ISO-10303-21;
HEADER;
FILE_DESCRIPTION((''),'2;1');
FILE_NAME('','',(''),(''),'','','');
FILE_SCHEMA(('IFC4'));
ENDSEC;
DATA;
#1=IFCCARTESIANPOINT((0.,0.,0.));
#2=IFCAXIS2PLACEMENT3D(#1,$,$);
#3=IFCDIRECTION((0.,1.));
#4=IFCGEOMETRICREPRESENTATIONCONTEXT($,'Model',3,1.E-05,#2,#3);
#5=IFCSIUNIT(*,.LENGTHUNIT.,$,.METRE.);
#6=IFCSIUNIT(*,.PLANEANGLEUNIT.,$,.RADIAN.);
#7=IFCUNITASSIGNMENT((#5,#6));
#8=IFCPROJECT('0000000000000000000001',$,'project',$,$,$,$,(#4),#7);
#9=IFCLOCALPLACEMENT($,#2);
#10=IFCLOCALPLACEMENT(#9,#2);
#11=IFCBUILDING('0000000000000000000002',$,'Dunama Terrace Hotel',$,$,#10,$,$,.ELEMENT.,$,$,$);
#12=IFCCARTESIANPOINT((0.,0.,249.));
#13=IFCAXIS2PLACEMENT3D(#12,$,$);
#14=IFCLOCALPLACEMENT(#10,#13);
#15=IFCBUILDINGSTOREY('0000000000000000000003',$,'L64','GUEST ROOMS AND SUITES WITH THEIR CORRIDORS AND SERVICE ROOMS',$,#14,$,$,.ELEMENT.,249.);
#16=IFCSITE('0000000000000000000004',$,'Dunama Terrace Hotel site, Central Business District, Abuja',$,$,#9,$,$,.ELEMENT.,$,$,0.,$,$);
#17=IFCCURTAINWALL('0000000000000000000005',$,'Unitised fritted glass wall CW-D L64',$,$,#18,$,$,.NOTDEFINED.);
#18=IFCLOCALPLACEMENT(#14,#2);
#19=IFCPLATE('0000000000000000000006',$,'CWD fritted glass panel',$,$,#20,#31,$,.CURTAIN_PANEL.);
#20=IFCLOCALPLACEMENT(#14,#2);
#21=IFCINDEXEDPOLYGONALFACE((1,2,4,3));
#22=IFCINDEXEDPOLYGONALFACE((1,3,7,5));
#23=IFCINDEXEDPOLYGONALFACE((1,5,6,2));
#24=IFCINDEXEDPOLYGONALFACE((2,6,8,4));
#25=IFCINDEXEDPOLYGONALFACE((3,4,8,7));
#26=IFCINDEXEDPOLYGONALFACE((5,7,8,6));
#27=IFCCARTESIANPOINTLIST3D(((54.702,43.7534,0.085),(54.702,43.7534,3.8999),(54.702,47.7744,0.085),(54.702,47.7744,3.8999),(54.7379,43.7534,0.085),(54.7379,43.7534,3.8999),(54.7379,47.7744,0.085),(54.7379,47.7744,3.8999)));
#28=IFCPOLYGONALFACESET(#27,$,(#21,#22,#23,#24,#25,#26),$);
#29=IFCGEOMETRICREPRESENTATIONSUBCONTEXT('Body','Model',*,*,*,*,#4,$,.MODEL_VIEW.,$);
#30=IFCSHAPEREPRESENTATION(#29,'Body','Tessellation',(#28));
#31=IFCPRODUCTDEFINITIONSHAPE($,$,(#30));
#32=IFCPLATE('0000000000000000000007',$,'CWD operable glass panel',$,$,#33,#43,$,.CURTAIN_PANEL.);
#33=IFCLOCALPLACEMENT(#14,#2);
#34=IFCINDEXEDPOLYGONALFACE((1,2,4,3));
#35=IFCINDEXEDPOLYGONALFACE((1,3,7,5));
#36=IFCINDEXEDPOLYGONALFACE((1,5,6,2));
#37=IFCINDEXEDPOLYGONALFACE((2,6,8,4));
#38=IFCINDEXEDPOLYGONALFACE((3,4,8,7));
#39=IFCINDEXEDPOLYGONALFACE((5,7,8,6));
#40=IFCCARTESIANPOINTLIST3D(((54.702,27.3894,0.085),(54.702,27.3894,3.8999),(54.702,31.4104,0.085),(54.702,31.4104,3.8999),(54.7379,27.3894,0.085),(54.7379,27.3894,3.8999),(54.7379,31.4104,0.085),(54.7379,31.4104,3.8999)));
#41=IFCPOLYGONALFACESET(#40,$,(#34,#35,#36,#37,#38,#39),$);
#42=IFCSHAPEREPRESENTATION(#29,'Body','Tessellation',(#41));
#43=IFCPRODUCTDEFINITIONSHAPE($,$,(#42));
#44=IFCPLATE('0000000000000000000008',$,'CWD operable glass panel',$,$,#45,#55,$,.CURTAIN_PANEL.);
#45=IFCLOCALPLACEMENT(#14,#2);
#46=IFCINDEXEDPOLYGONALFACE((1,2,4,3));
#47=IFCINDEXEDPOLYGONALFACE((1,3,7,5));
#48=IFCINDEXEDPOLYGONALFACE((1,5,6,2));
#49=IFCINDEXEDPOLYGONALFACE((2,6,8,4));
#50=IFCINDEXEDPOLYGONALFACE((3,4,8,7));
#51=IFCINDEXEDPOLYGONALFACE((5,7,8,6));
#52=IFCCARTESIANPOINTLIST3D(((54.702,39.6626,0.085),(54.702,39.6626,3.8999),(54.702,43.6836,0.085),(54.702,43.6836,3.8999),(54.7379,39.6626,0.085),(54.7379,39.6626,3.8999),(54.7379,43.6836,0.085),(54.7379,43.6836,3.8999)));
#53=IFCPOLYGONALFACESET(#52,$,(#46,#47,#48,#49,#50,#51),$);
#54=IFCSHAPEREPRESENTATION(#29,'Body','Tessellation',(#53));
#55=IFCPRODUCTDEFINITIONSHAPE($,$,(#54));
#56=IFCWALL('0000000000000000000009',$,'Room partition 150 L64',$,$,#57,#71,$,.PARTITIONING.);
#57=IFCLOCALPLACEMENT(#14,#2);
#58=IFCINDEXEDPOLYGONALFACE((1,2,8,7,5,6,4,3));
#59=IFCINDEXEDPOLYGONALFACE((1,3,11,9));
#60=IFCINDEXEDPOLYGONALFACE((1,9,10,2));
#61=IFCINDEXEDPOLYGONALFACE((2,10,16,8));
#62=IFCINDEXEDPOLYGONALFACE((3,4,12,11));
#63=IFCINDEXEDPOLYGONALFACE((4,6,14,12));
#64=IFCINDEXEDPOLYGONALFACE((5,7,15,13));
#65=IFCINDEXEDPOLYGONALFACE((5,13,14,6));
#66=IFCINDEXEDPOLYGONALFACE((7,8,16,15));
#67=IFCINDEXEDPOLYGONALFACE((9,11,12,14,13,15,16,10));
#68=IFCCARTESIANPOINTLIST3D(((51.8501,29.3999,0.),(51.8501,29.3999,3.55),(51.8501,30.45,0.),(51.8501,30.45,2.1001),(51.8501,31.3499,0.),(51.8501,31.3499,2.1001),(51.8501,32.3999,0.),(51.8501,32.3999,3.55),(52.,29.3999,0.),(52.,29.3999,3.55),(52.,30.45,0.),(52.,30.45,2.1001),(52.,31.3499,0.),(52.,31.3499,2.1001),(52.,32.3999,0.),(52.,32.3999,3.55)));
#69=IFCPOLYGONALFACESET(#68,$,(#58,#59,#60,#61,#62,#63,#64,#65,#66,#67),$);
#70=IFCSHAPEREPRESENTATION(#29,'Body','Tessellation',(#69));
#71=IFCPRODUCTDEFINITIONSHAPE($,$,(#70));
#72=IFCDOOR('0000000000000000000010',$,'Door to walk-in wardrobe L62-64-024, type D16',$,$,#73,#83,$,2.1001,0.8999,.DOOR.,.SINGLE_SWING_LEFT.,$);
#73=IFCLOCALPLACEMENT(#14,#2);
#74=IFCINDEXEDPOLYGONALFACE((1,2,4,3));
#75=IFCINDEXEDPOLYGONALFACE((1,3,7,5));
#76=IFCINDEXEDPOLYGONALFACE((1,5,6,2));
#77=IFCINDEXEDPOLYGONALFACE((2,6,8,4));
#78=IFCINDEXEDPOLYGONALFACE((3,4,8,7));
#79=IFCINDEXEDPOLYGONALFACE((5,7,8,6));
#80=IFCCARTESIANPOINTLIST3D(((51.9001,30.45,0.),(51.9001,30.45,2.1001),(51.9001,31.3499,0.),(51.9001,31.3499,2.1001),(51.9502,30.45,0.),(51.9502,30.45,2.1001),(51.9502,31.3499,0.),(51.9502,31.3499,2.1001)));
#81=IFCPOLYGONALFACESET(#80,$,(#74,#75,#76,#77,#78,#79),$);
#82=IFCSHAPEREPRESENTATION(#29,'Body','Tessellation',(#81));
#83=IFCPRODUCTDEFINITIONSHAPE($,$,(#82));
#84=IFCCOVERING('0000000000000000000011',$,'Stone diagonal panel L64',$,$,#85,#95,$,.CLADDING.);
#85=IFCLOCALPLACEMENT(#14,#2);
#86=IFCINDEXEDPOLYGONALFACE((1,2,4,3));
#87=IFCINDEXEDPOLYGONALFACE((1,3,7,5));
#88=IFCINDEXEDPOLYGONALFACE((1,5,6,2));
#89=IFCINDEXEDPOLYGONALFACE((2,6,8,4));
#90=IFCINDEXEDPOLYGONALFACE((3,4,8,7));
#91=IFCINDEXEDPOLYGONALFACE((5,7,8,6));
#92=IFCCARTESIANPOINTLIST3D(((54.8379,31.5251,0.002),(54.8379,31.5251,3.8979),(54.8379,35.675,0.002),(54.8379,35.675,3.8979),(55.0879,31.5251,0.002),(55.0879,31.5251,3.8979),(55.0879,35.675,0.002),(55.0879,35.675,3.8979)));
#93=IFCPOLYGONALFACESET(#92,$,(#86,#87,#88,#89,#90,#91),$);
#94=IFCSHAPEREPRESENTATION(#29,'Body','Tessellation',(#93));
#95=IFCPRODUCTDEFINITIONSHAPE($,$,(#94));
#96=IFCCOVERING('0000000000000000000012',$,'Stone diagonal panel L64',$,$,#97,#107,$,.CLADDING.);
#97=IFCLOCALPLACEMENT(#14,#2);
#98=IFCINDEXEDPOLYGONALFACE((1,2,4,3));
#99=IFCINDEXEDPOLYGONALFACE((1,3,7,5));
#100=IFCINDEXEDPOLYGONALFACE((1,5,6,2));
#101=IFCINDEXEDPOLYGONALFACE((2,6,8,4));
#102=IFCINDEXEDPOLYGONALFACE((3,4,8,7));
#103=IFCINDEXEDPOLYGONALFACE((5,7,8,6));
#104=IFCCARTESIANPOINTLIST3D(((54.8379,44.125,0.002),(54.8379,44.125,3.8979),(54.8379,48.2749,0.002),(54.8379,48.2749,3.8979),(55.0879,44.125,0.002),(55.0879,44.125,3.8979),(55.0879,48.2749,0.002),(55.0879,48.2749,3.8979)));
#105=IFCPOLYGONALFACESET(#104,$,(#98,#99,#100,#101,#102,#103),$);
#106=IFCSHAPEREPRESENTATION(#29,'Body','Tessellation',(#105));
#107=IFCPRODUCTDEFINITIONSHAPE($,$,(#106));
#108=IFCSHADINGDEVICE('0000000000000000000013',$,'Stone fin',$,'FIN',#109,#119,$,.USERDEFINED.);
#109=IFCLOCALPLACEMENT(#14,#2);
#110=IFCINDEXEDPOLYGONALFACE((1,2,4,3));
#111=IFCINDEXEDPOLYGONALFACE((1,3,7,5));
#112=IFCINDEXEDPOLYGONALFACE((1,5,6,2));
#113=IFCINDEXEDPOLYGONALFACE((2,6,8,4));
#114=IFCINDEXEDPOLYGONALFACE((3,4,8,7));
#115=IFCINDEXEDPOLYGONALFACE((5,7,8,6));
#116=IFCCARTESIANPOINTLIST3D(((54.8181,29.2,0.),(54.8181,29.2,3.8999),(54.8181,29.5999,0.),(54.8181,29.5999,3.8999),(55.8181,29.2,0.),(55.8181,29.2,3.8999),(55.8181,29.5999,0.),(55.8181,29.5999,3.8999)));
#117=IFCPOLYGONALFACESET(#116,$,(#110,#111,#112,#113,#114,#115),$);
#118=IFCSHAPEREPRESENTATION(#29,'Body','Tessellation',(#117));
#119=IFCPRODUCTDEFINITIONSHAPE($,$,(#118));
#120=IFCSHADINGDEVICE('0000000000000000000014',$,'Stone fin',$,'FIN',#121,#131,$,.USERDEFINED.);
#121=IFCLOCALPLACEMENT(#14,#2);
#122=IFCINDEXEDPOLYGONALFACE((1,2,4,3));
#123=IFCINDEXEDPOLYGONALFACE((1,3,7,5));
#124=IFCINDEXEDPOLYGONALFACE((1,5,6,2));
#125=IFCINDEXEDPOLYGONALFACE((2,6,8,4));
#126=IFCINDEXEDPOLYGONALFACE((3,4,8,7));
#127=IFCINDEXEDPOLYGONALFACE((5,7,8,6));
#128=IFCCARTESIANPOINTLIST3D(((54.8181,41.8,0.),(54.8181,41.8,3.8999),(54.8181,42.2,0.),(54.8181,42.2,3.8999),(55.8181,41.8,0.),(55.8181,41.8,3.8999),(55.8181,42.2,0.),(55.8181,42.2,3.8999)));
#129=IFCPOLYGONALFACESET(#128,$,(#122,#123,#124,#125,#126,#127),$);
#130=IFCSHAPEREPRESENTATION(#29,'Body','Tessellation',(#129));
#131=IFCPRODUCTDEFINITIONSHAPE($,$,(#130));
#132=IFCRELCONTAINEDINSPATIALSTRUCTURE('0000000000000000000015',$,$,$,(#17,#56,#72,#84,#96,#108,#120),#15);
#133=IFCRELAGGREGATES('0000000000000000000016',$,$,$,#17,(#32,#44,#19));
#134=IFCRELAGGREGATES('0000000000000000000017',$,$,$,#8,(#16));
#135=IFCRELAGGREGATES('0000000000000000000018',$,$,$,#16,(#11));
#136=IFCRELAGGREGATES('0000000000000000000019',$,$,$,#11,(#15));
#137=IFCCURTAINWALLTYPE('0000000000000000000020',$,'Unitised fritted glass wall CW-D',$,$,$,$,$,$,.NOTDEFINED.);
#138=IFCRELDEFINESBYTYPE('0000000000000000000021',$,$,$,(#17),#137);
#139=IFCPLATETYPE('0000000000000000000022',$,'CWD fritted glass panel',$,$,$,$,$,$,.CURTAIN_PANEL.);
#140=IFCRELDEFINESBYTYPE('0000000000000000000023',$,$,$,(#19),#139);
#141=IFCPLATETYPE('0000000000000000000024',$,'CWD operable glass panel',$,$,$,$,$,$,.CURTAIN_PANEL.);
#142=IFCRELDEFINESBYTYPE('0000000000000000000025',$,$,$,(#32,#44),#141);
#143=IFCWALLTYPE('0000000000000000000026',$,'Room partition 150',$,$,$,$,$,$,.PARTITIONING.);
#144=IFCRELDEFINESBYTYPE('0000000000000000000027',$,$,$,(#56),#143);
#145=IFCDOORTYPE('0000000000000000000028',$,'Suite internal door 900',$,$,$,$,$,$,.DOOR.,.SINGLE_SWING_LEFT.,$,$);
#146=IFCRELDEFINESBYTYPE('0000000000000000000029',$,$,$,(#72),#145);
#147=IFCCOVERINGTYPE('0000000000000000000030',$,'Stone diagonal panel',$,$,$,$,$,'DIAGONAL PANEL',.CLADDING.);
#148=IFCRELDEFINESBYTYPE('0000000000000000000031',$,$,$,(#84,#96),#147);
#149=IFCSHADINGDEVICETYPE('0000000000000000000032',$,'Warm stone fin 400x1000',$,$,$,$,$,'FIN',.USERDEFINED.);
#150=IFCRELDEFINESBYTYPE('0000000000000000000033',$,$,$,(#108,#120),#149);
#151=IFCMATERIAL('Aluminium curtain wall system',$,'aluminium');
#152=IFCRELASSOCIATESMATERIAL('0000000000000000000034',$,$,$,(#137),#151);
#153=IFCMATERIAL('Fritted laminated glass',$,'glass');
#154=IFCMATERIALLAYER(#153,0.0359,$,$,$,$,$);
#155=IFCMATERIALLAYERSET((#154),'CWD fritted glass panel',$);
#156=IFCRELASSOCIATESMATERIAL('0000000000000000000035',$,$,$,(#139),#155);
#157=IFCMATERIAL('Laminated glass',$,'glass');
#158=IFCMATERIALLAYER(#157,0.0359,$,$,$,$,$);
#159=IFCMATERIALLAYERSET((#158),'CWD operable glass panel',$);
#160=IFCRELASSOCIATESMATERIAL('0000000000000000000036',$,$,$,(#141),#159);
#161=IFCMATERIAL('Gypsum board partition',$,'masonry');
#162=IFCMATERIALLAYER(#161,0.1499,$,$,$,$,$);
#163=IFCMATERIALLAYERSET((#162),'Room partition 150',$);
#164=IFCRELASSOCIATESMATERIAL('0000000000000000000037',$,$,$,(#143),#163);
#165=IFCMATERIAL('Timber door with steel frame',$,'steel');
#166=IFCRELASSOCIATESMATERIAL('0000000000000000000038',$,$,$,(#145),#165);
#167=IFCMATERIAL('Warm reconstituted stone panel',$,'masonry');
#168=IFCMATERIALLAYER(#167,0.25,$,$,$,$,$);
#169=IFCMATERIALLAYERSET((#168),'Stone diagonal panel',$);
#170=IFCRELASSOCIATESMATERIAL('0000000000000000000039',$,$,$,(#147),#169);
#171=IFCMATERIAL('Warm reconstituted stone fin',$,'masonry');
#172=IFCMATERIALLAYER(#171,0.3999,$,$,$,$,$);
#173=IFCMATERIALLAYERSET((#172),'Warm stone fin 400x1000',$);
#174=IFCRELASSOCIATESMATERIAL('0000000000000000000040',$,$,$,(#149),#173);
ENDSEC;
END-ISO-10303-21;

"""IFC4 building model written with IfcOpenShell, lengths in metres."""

from ifc_helpers import new_model, si_unit, direction, frame, frame_2d, origin, origin_2d, place, context, subcontext, project, spatial, rectangle, extrude, material, layer, layer_set, type_object, element, fill, aggregate, save


model = new_model("IFC4")

# Units and contexts
model_context = context("Model", 3, precision=1e-05, world=origin(), true_north=direction((0.0, 1.0)))
body_context = subcontext(model_context, "Body", "Model", "MODEL_VIEW")
ifc_project = project(units=[si_unit("LENGTHUNIT", "METRE"), si_unit("PLANEANGLEUNIT", "RADIAN")], contexts=[model_context])

# Site, building, storey
site_placement = place(None, origin())
site = spatial("IfcSite", under=ifc_project, at=site_placement, Name="Dunama Terrace Hotel site, Central Business District, Abuja", CompositionType="ELEMENT", RefElevation=0.0)
building_placement = place(site_placement, origin())
building = spatial("IfcBuilding", under=site, at=building_placement, Name="Dunama Terrace Hotel", CompositionType="ELEMENT")
storey_placement = place(building_placement, frame((0.0, 0.0, 249.0)))
storey = spatial("IfcBuildingStorey", under=building, at=storey_placement, Name="L64", Description="GUEST ROOMS AND SUITES WITH THEIR CORRIDORS AND SERVICE ROOMS", CompositionType="ELEMENT", Elevation=249.0)

# Curtain wall
ifc_material_1 = material(Name="Aluminium curtain wall system", Category="aluminium")
curtain_wall_type = type_object("IfcCurtainWallType", Name="Unitised fritted glass wall CW-D", PredefinedType="NOTDEFINED", material=ifc_material_1)
curtain_wall_placement = place(storey_placement, origin())
curtain_wall = element("IfcCurtainWall", 1, at=curtain_wall_placement, inside=storey, type_object=curtain_wall_type, Name="Unitised fritted glass wall CW-D L64", PredefinedType="NOTDEFINED")

# Plates
ifc_material_2 = material(Name="Fritted laminated glass", Category="glass")
ifc_layer_1 = layer(ifc_material_2, 0.0359)
ifc_layer_set_1 = layer_set([ifc_layer_1], Name="CWD fritted glass panel")
plate_type_1 = type_object("IfcPlateType", Name="CWD fritted glass panel", PredefinedType="CURTAIN_PANEL", material=ifc_layer_set_1)
plate_1_placement = place(storey_placement, frame((54.72, 45.7639, 0.085), z_axis=(0.0, 0.0, 1.0), x_axis=(0.0, 1.0, 0.0)))
plate_1 = element("IfcPlate", 2, at=plate_1_placement, type_object=plate_type_1, Name="CWD fritted glass panel", PredefinedType="CURTAIN_PANEL", context=body_context, shape_type="SweptSolid", body=[
    extrude(rectangle(XDim=4.021, YDim=0.0359, at=origin_2d()), origin(), (0.0, 0.0, 1.0), 3.8149),
])
ifc_material_3 = material(Name="Laminated glass", Category="glass")
ifc_layer_2 = layer(ifc_material_3, 0.0359)
ifc_layer_set_2 = layer_set([ifc_layer_2], Name="CWD operable glass panel")
plate_type_2 = type_object("IfcPlateType", Name="CWD operable glass panel", PredefinedType="CURTAIN_PANEL", material=ifc_layer_set_2)
plate_2_placement = place(storey_placement, frame((54.72, 29.3999, 0.085), z_axis=(0.0, 0.0, 1.0), x_axis=(0.0, 1.0, 0.0)))
plate_2 = element("IfcPlate", 3, at=plate_2_placement, type_object=plate_type_2, Name="CWD operable glass panel", PredefinedType="CURTAIN_PANEL", context=body_context, shape_type="SweptSolid", body=[
    extrude(rectangle(XDim=4.021, YDim=0.0359, at=origin_2d()), origin(), (0.0, 0.0, 1.0), 3.8149),
])
plate_3_placement = place(storey_placement, frame((54.72, 41.6731, 0.085), z_axis=(0.0, 0.0, 1.0), x_axis=(0.0, 1.0, 0.0)))
plate_3 = element("IfcPlate", 4, at=plate_3_placement, type_object=plate_type_2, Name="CWD operable glass panel", PredefinedType="CURTAIN_PANEL", context=body_context, shape_type="SweptSolid", body=[
    extrude(rectangle(XDim=4.021, YDim=0.0359, at=origin_2d()), origin(), (0.0, 0.0, 1.0), 3.8149),
])
aggregate(curtain_wall, [plate_2, plate_3, plate_1])

# Wall, opening, door
ifc_material_4 = material(Name="Gypsum board partition", Category="masonry")
ifc_layer_3 = layer(ifc_material_4, 0.1499)
ifc_layer_set_3 = layer_set([ifc_layer_3], Name="Room partition 150")
wall_type = type_object("IfcWallType", Name="Room partition 150", PredefinedType="PARTITIONING", material=ifc_layer_set_3)
wall_placement = place(storey_placement, frame((51.925, 29.3999, 0.0), z_axis=(0.0, 0.0, 1.0), x_axis=(0.0, 1.0, 0.0)))
wall = element("IfcWall", 5, at=wall_placement, inside=storey, type_object=wall_type, Name="Room partition 150 L64", PredefinedType="PARTITIONING", context=body_context, shape_type="SweptSolid", body=[
    extrude(rectangle(XDim=3.0, YDim=0.1499, at=frame_2d((1.5, 0.0))), origin(), (0.0, 0.0, 1.0), 3.55),
])
opening_placement = place(wall_placement, frame((1.05, 0.0, 0.0)))
opening = element("IfcOpeningElement", 6, at=opening_placement, cuts=wall, PredefinedType="OPENING", context=body_context, shape_type="SweptSolid", body=[
    extrude(rectangle(XDim=0.8999, YDim=2.1001, at=frame_2d((0.45, 1.05))), frame((0.0, 0.085, 0.0), z_axis=(0.0, -1.0, 0.0), x_axis=(1.0, 0.0, 0.0)), (0.0, 0.0, 1.0), 0.1699),
])
ifc_material_5 = material(Name="Timber door with steel frame", Category="steel")
door_type = type_object("IfcDoorType", Name="Suite internal door 900", OperationType="SINGLE_SWING_LEFT", PredefinedType="DOOR", material=ifc_material_5)
door_placement = place(opening_placement, origin())
door = element("IfcDoor", 7, at=door_placement, inside=storey, type_object=door_type, Name="Door to walk-in wardrobe L62-64-024, type D16", OperationType="SINGLE_SWING_LEFT", OverallHeight=2.1001, OverallWidth=0.8999, PredefinedType="DOOR", context=body_context, shape_type="SweptSolid", body=[
    extrude(rectangle(XDim=0.8999, YDim=2.1001, at=frame_2d((0.45, 1.05))), frame((0.0, 0.0249, 0.0), z_axis=(0.0, -1.0, 0.0), x_axis=(1.0, 0.0, 0.0)), (0.0, 0.0, 1.0), 0.05),
])
fill(opening, door)

# Coverings
ifc_material_6 = material(Name="Warm reconstituted stone panel", Category="masonry")
ifc_layer_4 = layer(ifc_material_6, 0.25)
ifc_layer_set_4 = layer_set([ifc_layer_4], Name="Stone diagonal panel")
covering_type = type_object("IfcCoveringType", Name="Stone diagonal panel", ElementType="DIAGONAL PANEL", PredefinedType="CLADDING", material=ifc_layer_set_4)
for number, where, z_axis, x_axis, name in (
    (8, (54.9629, 33.6001, 0.002), (0.0, 0.0, 1.0), (0.0, 1.0, 0.0), "Stone diagonal panel L64"),
    (9, (54.9629, 46.2, 0.002), (0.0, 0.0, 1.0), (0.0, 1.0, 0.0), "Stone diagonal panel L64"),
):
    element("IfcCovering", number, at=place(storey_placement, frame(where, z_axis=z_axis, x_axis=x_axis)), inside=storey, type_object=covering_type, Name=name, PredefinedType="CLADDING", context=body_context, shape_type="SweptSolid", body=[
        extrude(rectangle(XDim=4.1499, YDim=0.25, at=origin_2d()), origin(), (0.0, 0.0, 1.0), 3.896),
    ])

# Shading devices
ifc_material_7 = material(Name="Warm reconstituted stone fin", Category="masonry")
ifc_layer_5 = layer(ifc_material_7, 0.3999)
ifc_layer_set_5 = layer_set([ifc_layer_5], Name="Warm stone fin 400x1000")
shading_device_type = type_object("IfcShadingDeviceType", Name="Warm stone fin 400x1000", ElementType="FIN", PredefinedType="USERDEFINED", material=ifc_layer_set_5)
for number, where, z_axis, x_axis, name in (
    (10, (55.3181, 29.3999, 0.0), (0.0, 0.0, 1.0), (0.0, 1.0, 0.0), "Stone fin"),
    (11, (55.3181, 42.0, 0.0), (0.0, 0.0, 1.0), (0.0, 1.0, 0.0), "Stone fin"),
):
    element("IfcShadingDevice", number, at=place(storey_placement, frame(where, z_axis=z_axis, x_axis=x_axis)), inside=storey, type_object=shading_device_type, Name=name, ObjectType="FIN", PredefinedType="USERDEFINED", context=body_context, shape_type="SweptSolid", body=[
        extrude(rectangle(XDim=0.3999, YDim=1.0, at=origin_2d()), origin(), (0.0, 0.0, 1.0), 3.8999),
    ])

save(model, "model.ifc")
